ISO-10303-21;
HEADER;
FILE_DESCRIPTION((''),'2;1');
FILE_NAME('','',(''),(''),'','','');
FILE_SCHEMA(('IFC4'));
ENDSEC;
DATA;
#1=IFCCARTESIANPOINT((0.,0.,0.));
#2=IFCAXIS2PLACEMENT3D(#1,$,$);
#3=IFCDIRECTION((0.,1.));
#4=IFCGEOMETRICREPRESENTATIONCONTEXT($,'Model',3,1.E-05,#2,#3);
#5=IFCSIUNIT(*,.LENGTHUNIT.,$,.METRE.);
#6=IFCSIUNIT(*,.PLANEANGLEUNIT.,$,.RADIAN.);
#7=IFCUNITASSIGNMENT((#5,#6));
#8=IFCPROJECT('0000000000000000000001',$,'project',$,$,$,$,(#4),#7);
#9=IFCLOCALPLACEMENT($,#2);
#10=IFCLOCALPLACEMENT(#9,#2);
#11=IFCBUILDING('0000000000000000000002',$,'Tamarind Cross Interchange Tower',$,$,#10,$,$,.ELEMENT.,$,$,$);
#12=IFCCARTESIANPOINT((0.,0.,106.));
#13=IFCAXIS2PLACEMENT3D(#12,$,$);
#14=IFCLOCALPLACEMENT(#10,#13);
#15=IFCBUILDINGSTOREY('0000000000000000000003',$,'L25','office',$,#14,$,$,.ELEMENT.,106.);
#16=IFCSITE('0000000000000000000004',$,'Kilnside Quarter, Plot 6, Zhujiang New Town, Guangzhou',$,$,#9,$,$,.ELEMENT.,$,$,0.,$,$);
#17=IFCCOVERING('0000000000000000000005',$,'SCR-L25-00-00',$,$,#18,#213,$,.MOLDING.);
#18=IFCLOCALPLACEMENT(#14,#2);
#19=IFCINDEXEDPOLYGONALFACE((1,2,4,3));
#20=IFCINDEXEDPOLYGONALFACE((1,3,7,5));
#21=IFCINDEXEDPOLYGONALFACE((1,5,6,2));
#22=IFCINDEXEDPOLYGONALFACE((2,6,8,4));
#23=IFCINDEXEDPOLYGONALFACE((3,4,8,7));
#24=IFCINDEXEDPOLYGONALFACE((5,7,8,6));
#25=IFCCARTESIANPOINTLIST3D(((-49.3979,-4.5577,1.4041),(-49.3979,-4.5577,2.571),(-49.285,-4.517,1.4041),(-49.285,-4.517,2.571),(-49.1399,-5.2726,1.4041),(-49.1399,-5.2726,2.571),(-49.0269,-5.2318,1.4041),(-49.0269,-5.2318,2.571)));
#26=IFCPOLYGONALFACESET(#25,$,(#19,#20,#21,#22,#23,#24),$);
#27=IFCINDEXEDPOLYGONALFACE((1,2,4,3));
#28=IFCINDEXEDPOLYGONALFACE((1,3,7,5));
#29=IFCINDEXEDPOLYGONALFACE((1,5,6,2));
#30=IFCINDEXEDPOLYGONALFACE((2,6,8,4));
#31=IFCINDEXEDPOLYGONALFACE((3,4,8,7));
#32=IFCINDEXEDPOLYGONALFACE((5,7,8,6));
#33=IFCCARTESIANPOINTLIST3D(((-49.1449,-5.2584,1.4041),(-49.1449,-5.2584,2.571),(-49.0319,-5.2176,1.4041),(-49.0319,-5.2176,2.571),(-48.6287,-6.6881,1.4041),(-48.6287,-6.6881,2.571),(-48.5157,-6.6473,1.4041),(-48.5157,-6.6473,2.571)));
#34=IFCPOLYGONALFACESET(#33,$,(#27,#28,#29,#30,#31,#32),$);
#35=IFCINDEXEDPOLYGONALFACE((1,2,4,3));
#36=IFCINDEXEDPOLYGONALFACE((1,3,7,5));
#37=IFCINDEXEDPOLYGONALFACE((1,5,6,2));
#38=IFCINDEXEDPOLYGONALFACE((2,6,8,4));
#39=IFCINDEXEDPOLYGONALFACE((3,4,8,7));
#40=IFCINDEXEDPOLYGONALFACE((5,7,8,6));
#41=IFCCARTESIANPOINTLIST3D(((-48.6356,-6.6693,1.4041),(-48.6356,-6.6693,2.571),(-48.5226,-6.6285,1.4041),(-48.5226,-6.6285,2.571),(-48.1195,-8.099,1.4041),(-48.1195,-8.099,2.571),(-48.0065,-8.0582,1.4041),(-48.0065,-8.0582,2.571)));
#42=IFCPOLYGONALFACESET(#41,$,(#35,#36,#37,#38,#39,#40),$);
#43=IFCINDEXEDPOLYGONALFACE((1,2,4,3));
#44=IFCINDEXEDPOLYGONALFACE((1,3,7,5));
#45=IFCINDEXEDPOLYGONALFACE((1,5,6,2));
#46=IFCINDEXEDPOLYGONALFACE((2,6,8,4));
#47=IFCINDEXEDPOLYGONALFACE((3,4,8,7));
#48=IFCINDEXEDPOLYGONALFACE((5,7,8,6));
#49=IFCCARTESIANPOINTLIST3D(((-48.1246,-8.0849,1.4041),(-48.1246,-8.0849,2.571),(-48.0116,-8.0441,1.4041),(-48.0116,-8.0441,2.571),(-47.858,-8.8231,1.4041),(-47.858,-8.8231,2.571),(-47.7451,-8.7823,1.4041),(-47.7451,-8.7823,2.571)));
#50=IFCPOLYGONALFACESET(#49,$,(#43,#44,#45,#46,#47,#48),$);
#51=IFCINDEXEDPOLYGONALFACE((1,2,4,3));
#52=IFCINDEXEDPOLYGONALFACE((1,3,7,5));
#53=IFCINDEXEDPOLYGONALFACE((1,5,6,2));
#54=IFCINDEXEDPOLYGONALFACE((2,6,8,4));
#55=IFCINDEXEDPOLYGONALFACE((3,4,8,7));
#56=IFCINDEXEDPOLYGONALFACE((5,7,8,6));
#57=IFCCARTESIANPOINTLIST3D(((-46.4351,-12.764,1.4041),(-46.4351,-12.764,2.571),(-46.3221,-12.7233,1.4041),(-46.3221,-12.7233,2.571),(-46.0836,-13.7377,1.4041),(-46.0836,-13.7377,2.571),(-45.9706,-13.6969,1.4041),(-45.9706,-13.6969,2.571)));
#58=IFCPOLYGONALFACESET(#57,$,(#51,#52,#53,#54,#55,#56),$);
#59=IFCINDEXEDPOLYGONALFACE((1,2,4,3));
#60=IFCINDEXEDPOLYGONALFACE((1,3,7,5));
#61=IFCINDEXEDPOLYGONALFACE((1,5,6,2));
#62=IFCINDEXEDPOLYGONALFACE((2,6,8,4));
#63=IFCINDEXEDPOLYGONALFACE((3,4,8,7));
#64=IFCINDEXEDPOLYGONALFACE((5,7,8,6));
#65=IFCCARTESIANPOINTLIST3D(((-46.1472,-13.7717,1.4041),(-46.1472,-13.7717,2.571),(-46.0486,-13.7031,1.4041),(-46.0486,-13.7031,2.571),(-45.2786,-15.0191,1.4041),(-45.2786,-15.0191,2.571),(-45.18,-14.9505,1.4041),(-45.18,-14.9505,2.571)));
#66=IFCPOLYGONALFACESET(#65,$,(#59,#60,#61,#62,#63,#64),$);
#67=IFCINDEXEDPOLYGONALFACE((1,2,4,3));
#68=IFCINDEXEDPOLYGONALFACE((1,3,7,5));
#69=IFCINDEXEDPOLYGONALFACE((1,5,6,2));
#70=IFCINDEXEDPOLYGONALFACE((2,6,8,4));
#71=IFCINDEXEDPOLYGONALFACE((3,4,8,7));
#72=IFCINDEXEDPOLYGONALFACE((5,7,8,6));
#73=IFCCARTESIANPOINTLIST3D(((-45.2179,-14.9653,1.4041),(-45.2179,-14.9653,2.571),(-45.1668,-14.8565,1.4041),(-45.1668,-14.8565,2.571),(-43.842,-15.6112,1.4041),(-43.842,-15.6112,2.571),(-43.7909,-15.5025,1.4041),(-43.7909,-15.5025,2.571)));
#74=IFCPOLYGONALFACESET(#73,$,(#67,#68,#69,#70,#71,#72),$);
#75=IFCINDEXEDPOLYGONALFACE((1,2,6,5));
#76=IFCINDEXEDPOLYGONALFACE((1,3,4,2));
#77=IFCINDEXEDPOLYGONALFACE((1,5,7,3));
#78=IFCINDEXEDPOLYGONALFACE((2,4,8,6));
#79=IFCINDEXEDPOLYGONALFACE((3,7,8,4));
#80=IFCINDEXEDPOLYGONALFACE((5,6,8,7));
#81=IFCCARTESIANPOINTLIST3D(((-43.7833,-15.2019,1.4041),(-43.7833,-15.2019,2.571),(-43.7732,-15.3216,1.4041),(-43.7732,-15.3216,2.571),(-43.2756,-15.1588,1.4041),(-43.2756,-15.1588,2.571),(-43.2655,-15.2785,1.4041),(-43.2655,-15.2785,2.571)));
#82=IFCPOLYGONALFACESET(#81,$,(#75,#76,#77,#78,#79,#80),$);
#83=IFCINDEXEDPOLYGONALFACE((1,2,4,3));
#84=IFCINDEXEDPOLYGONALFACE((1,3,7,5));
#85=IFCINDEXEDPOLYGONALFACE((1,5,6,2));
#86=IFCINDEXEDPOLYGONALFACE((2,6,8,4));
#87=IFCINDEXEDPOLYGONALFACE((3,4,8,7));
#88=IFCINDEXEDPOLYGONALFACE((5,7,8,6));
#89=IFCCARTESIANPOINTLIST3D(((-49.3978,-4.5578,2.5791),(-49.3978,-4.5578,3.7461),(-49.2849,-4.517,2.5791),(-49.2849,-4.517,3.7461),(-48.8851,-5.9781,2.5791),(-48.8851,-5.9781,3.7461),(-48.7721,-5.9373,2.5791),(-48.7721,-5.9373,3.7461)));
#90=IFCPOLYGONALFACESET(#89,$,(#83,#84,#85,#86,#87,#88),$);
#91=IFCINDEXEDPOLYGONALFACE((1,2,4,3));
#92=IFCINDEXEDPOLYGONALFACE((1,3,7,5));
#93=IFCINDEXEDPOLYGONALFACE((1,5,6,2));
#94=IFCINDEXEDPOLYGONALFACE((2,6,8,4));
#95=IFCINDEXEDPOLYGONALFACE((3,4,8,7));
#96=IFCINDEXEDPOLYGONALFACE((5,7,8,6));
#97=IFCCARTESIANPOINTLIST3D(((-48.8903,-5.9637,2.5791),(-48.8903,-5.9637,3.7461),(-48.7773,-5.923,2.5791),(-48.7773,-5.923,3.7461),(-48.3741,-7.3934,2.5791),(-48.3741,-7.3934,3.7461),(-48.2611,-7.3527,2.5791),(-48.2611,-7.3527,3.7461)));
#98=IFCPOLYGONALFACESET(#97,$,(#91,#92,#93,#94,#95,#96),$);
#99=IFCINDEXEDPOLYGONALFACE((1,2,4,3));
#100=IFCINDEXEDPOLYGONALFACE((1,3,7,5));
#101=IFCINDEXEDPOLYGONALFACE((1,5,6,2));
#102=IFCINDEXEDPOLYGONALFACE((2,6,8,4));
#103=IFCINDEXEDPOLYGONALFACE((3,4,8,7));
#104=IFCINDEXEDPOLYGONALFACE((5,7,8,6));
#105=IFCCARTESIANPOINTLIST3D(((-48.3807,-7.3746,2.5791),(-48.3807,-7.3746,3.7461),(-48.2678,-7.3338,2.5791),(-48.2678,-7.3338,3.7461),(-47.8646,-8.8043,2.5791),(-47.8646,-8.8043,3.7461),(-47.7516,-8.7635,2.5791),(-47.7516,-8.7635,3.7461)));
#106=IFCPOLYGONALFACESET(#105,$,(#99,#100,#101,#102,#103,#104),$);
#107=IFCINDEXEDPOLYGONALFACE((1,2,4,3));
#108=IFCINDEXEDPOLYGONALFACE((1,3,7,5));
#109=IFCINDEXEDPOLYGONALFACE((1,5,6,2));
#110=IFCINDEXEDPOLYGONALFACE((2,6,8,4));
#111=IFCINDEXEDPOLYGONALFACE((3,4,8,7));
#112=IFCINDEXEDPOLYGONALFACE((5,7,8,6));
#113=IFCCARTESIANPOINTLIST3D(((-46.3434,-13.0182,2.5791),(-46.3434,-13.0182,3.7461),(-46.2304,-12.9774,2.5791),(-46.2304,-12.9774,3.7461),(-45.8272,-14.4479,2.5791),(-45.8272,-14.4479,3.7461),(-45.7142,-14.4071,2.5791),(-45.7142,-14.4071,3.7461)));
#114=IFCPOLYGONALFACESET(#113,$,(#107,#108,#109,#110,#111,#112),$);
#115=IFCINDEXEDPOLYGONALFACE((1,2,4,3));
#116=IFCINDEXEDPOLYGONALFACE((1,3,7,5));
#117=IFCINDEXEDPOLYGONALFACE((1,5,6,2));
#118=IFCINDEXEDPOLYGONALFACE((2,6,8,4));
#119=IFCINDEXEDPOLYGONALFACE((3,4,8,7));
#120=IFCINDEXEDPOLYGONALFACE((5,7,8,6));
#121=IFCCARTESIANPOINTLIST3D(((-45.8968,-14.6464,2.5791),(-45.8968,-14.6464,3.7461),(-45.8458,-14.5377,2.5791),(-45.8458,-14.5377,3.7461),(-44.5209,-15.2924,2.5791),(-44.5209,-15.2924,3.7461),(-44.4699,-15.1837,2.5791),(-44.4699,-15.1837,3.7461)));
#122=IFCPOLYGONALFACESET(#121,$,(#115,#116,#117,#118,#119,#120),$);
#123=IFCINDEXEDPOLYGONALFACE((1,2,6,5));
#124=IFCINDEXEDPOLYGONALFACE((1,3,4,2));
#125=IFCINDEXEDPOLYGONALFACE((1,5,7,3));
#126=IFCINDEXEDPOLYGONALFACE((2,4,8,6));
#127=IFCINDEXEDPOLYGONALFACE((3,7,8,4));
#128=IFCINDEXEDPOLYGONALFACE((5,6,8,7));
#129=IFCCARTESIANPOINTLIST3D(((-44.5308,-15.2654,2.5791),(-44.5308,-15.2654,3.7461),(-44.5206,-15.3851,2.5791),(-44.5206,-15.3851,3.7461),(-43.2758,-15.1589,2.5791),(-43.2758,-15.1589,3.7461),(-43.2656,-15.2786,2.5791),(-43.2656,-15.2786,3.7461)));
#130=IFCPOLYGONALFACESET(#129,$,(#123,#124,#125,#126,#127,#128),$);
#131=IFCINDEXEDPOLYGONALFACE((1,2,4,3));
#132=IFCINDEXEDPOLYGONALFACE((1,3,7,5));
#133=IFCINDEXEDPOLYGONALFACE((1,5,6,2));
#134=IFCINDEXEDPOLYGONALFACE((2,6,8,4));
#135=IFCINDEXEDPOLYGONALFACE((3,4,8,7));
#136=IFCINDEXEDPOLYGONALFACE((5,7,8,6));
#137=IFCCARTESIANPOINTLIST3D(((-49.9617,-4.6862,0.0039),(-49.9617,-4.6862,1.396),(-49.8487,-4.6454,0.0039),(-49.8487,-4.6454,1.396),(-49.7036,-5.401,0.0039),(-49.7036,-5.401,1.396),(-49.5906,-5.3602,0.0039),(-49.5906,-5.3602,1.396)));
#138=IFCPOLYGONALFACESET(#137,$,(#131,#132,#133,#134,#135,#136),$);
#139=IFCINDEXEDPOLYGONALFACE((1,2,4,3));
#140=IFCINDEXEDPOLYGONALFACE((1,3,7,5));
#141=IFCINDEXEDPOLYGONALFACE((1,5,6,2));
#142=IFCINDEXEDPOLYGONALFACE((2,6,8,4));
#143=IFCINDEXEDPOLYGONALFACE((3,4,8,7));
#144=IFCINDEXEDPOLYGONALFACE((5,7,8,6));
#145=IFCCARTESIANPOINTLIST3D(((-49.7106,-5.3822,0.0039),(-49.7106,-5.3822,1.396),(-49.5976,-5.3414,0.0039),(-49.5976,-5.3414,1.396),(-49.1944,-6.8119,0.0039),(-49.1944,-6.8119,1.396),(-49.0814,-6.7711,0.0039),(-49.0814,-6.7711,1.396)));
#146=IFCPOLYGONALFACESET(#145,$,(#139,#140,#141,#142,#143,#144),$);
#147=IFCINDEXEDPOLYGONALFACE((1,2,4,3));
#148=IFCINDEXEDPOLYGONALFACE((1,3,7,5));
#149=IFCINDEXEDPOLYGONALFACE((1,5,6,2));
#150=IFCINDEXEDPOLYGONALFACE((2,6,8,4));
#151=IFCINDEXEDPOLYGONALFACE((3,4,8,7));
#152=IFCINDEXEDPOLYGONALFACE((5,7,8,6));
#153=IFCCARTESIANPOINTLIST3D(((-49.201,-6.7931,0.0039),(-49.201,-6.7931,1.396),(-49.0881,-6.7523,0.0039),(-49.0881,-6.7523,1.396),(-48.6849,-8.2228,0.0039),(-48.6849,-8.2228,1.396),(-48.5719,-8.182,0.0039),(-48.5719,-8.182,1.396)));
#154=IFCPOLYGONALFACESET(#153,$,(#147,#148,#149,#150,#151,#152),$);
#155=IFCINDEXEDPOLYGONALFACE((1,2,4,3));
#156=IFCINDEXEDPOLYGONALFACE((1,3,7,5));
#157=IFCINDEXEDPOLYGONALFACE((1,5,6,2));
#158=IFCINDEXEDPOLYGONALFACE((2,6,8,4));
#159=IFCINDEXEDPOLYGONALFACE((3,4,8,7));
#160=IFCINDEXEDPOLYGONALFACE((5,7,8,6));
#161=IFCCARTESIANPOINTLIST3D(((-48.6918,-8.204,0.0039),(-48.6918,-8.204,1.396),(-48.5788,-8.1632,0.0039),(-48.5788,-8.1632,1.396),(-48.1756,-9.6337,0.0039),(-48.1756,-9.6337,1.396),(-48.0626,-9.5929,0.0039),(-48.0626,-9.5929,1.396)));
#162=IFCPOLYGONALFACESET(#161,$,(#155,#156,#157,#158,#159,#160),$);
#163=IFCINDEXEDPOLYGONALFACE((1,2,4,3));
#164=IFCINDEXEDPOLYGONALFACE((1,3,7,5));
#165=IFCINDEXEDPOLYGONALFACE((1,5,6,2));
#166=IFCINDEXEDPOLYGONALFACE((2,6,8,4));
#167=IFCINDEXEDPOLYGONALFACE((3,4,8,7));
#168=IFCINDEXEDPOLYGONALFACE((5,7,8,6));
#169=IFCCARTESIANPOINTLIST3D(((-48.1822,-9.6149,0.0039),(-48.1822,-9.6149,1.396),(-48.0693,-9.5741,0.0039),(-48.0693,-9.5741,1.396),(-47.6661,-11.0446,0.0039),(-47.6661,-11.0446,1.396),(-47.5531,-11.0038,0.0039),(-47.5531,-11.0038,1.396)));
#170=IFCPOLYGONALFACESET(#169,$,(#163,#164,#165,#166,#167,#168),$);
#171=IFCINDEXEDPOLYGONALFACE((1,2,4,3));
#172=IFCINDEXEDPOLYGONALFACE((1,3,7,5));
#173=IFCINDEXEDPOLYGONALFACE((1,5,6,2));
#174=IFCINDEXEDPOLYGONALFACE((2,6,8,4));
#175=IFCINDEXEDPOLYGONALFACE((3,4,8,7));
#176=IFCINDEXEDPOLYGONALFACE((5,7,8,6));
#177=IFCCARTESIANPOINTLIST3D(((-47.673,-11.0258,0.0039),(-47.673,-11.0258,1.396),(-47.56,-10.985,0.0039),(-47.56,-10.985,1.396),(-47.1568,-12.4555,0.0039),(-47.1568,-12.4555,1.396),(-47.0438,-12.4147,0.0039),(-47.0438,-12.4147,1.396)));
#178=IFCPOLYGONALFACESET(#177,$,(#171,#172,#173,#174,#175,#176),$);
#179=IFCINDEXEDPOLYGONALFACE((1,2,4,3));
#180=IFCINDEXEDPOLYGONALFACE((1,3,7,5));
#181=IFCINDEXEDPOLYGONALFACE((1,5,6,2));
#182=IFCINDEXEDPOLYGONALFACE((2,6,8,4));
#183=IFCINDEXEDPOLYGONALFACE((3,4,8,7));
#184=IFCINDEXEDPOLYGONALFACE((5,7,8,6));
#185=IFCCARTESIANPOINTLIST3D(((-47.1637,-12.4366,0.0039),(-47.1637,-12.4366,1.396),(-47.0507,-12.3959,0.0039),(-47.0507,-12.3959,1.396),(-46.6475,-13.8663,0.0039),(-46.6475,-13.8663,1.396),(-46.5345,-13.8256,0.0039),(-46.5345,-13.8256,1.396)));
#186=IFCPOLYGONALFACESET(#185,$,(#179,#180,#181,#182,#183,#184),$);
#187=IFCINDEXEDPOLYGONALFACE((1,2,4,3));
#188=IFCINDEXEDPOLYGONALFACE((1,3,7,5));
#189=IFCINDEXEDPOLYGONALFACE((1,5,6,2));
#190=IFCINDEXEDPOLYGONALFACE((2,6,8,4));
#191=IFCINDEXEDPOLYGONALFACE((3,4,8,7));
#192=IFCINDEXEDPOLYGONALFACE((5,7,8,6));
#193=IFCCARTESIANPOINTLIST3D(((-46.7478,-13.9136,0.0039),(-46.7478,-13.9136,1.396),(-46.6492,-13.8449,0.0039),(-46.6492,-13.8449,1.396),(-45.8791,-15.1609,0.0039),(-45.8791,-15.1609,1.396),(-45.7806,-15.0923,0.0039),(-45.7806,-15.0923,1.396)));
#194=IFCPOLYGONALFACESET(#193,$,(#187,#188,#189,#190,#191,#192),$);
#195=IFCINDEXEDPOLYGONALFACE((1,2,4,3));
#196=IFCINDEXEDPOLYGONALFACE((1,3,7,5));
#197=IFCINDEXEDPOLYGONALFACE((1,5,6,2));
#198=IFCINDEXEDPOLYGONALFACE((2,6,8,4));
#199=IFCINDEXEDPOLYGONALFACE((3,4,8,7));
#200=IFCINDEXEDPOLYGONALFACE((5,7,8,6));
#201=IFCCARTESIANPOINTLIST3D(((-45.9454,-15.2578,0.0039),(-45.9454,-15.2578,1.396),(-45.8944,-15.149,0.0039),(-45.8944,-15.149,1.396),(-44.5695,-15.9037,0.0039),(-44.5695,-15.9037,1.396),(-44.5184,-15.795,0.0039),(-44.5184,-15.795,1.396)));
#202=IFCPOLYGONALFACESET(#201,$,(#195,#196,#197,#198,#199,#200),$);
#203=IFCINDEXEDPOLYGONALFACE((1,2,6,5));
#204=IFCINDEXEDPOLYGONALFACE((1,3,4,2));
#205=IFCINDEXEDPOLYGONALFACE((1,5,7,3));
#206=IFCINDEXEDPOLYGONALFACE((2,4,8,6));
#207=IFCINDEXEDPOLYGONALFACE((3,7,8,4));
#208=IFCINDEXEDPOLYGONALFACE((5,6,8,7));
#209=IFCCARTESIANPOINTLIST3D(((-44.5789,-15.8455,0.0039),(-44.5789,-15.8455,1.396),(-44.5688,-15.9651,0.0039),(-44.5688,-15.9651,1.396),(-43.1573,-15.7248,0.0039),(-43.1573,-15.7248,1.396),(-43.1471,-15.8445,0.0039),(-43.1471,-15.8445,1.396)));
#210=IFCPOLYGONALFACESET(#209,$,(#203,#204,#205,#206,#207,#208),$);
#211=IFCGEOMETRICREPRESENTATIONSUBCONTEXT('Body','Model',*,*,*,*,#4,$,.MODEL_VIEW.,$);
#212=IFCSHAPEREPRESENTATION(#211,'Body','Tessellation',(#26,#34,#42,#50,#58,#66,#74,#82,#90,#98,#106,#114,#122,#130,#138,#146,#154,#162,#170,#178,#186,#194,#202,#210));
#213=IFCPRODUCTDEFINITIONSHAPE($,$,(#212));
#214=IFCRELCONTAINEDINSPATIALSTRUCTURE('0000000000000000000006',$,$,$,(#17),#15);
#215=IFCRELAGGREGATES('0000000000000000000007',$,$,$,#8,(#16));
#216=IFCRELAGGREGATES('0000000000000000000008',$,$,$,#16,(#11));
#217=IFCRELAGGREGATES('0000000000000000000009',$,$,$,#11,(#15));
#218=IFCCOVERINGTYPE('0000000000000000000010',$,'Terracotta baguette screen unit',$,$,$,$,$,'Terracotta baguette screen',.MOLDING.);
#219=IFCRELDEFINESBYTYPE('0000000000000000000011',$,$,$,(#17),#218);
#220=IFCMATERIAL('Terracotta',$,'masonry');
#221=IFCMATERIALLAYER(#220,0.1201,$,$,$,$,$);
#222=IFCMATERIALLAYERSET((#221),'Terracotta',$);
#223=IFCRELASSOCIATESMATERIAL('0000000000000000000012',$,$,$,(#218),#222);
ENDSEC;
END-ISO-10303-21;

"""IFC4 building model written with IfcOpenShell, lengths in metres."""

from ifc_helpers import new_model, si_unit, direction, frame, origin, origin_2d, place, context, subcontext, project, spatial, rectangle, extrude, material, layer, layer_set, type_object, element, save


model = new_model("IFC4")

# Units and contexts
model_context = context("Model", 3, precision=1e-05, world=origin(), true_north=direction((0.0, 1.0)))
body_context = subcontext(model_context, "Body", "Model", "MODEL_VIEW")
ifc_project = project(units=[si_unit("LENGTHUNIT", "METRE"), si_unit("PLANEANGLEUNIT", "RADIAN")], contexts=[model_context])

# Site, building, storey
site_placement = place(None, origin())
site = spatial("IfcSite", under=ifc_project, at=site_placement, Name="Kilnside Quarter, Plot 6, Zhujiang New Town, Guangzhou", CompositionType="ELEMENT", RefElevation=0.0)
building_placement = place(site_placement, origin())
building = spatial("IfcBuilding", under=site, at=building_placement, Name="Tamarind Cross Interchange Tower", CompositionType="ELEMENT")
storey_placement = place(building_placement, frame((0.0, 0.0, 106.0)))
storey = spatial("IfcBuildingStorey", under=building, at=storey_placement, Name="L25", Description="office", CompositionType="ELEMENT", Elevation=106.0)

# Covering
ifc_material_1 = material(Name="Terracotta", Category="masonry")
ifc_layer_1 = layer(ifc_material_1, 0.1201)
ifc_layer_set_1 = layer_set([ifc_layer_1], Name="Terracotta")
covering_type = type_object("IfcCoveringType", Name="Terracotta baguette screen unit", ElementType="Terracotta baguette screen", PredefinedType="MOLDING", material=ifc_layer_set_1)
covering_1_placement = place(storey_placement, origin())
element("IfcCovering", 1, at=covering_1_placement, inside=storey, type_object=covering_type, Name="SCR-L25-00-00", PredefinedType="MOLDING", context=body_context, shape_type="SweptSolid", body=[
    extrude(rectangle(XDim=0.76, YDim=0.1201, at=origin_2d()), frame((-49.2124, -4.8948, 1.4041), z_axis=(0.0, 0.0, 1.0), x_axis=(0.339579, -0.940578, 0.0)), (0.0, 0.0, 1.0), 1.167),
    extrude(rectangle(XDim=1.52, YDim=0.1201, at=origin_2d()), frame((-48.8303, -5.9529, 1.4041), z_axis=(0.0, 0.0, 1.0), x_axis=(0.339579, -0.940578, 0.0)), (0.0, 0.0, 1.0), 1.167),
    extrude(rectangle(XDim=1.52, YDim=0.1201, at=origin_2d()), frame((-48.321, -7.3638, 1.4041), z_axis=(0.0, 0.0, 1.0), x_axis=(0.339579, -0.940578, 0.0)), (0.0, 0.0, 1.0), 1.167),
    extrude(rectangle(XDim=0.7849, YDim=0.1201, at=origin_2d()), frame((-47.9348, -8.4336, 1.4041), z_axis=(0.0, 0.0, 1.0), x_axis=(0.339579, -0.940578, 0.0)), (0.0, 0.0, 1.0), 1.167),
    extrude(rectangle(XDim=1.0352, YDim=0.1201, at=origin_2d()), frame((-46.2029, -13.2305, 1.4041), z_axis=(0.0, 0.0, 1.0), x_axis=(0.339579, -0.940578, 0.0)), (0.0, 0.0, 1.0), 1.167),
    extrude(rectangle(XDim=1.52, YDim=0.1201, at=origin_2d()), frame((-45.6636, -14.3611, 1.4041), z_axis=(0.0, 0.0, 1.0), x_axis=(0.571447, -0.820639, 0.0)), (0.0, 0.0, 1.0), 1.167),
    extrude(rectangle(XDim=1.52, YDim=0.1201, at=origin_2d()), frame((-44.5044, -15.2339, 1.4041), z_axis=(0.0, 0.0, 1.0), x_axis=(0.905207, -0.424971, 0.0)), (0.0, 0.0, 1.0), 1.167),
    extrude(rectangle(XDim=0.5095, YDim=0.1201, at=origin_2d()), frame((-43.5244, -15.2402, 1.4041), z_axis=(0.0, 0.0, 1.0), x_axis=(0.996418, 0.084568, 0.0)), (0.0, 0.0, 1.0), 1.167),
    extrude(rectangle(XDim=1.51, YDim=0.1201, at=origin_2d()), frame((-49.085, -5.2476, 2.5791), z_axis=(0.0, 0.0, 1.0), x_axis=(0.339579, -0.940578, 0.0)), (0.0, 0.0, 1.0), 1.167),
    extrude(rectangle(XDim=1.52, YDim=0.1201, at=origin_2d()), frame((-48.5757, -6.6582, 2.5791), z_axis=(0.0, 0.0, 1.0), x_axis=(0.339579, -0.940578, 0.0)), (0.0, 0.0, 1.0), 1.167),
    extrude(rectangle(XDim=1.52, YDim=0.1201, at=origin_2d()), frame((-48.0662, -8.0691, 2.5791), z_axis=(0.0, 0.0, 1.0), x_axis=(0.339579, -0.940578, 0.0)), (0.0, 0.0, 1.0), 1.167),
    extrude(rectangle(XDim=1.52, YDim=0.1201, at=origin_2d()), frame((-46.0288, -13.7126, 2.5791), z_axis=(0.0, 0.0, 1.0), x_axis=(0.339579, -0.940578, 0.0)), (0.0, 0.0, 1.0), 1.167),
    extrude(rectangle(XDim=1.52, YDim=0.1201, at=origin_2d()), frame((-45.1833, -14.915, 2.5791), z_axis=(0.0, 0.0, 1.0), x_axis=(0.905207, -0.424971, 0.0)), (0.0, 0.0, 1.0), 1.167),
    extrude(rectangle(XDim=1.2595, YDim=0.1201, at=origin_2d()), frame((-43.8982, -15.272, 2.5791), z_axis=(0.0, 0.0, 1.0), x_axis=(0.996418, 0.084568, 0.0)), (0.0, 0.0, 1.0), 1.167),
    extrude(rectangle(XDim=0.76, YDim=0.1201, at=origin_2d()), frame((-49.7761, -5.0232, 0.0039), z_axis=(0.0, 0.0, 1.0), x_axis=(0.339579, -0.940578, 0.0)), (0.0, 0.0, 1.0), 1.3921),
    extrude(rectangle(XDim=1.52, YDim=0.1201, at=origin_2d()), frame((-49.396, -6.0767, 0.0039), z_axis=(0.0, 0.0, 1.0), x_axis=(0.339579, -0.940578, 0.0)), (0.0, 0.0, 1.0), 1.3921),
    extrude(rectangle(XDim=1.52, YDim=0.1201, at=origin_2d()), frame((-48.8865, -7.4875, 0.0039), z_axis=(0.0, 0.0, 1.0), x_axis=(0.339579, -0.940578, 0.0)), (0.0, 0.0, 1.0), 1.3921),
    extrude(rectangle(XDim=1.52, YDim=0.1201, at=origin_2d()), frame((-48.3772, -8.8984, 0.0039), z_axis=(0.0, 0.0, 1.0), x_axis=(0.339579, -0.940578, 0.0)), (0.0, 0.0, 1.0), 1.3921),
    extrude(rectangle(XDim=1.52, YDim=0.1201, at=origin_2d()), frame((-47.8677, -10.3093, 0.0039), z_axis=(0.0, 0.0, 1.0), x_axis=(0.339579, -0.940578, 0.0)), (0.0, 0.0, 1.0), 1.3921),
    extrude(rectangle(XDim=1.52, YDim=0.1201, at=origin_2d()), frame((-47.3584, -11.7202, 0.0039), z_axis=(0.0, 0.0, 1.0), x_axis=(0.339579, -0.940578, 0.0)), (0.0, 0.0, 1.0), 1.3921),
    extrude(rectangle(XDim=1.52, YDim=0.1201, at=origin_2d()), frame((-46.8491, -13.1311, 0.0039), z_axis=(0.0, 0.0, 1.0), x_axis=(0.339579, -0.940578, 0.0)), (0.0, 0.0, 1.0), 1.3921),
    extrude(rectangle(XDim=1.52, YDim=0.1201, at=origin_2d()), frame((-46.2642, -14.5029, 0.0039), z_axis=(0.0, 0.0, 1.0), x_axis=(0.571447, -0.820639, 0.0)), (0.0, 0.0, 1.0), 1.3921),
    extrude(rectangle(XDim=1.52, YDim=0.1201, at=origin_2d()), frame((-45.2319, -15.5264, 0.0039), z_axis=(0.0, 0.0, 1.0), x_axis=(0.905207, -0.424971, 0.0)), (0.0, 0.0, 1.0), 1.3921),
    extrude(rectangle(XDim=1.4268, YDim=0.1201, at=origin_2d()), frame((-43.863, -15.845, 0.0039), z_axis=(0.0, 0.0, 1.0), x_axis=(0.996418, 0.084568, 0.0)), (0.0, 0.0, 1.0), 1.3921),
])

save(model, "model.ifc")
